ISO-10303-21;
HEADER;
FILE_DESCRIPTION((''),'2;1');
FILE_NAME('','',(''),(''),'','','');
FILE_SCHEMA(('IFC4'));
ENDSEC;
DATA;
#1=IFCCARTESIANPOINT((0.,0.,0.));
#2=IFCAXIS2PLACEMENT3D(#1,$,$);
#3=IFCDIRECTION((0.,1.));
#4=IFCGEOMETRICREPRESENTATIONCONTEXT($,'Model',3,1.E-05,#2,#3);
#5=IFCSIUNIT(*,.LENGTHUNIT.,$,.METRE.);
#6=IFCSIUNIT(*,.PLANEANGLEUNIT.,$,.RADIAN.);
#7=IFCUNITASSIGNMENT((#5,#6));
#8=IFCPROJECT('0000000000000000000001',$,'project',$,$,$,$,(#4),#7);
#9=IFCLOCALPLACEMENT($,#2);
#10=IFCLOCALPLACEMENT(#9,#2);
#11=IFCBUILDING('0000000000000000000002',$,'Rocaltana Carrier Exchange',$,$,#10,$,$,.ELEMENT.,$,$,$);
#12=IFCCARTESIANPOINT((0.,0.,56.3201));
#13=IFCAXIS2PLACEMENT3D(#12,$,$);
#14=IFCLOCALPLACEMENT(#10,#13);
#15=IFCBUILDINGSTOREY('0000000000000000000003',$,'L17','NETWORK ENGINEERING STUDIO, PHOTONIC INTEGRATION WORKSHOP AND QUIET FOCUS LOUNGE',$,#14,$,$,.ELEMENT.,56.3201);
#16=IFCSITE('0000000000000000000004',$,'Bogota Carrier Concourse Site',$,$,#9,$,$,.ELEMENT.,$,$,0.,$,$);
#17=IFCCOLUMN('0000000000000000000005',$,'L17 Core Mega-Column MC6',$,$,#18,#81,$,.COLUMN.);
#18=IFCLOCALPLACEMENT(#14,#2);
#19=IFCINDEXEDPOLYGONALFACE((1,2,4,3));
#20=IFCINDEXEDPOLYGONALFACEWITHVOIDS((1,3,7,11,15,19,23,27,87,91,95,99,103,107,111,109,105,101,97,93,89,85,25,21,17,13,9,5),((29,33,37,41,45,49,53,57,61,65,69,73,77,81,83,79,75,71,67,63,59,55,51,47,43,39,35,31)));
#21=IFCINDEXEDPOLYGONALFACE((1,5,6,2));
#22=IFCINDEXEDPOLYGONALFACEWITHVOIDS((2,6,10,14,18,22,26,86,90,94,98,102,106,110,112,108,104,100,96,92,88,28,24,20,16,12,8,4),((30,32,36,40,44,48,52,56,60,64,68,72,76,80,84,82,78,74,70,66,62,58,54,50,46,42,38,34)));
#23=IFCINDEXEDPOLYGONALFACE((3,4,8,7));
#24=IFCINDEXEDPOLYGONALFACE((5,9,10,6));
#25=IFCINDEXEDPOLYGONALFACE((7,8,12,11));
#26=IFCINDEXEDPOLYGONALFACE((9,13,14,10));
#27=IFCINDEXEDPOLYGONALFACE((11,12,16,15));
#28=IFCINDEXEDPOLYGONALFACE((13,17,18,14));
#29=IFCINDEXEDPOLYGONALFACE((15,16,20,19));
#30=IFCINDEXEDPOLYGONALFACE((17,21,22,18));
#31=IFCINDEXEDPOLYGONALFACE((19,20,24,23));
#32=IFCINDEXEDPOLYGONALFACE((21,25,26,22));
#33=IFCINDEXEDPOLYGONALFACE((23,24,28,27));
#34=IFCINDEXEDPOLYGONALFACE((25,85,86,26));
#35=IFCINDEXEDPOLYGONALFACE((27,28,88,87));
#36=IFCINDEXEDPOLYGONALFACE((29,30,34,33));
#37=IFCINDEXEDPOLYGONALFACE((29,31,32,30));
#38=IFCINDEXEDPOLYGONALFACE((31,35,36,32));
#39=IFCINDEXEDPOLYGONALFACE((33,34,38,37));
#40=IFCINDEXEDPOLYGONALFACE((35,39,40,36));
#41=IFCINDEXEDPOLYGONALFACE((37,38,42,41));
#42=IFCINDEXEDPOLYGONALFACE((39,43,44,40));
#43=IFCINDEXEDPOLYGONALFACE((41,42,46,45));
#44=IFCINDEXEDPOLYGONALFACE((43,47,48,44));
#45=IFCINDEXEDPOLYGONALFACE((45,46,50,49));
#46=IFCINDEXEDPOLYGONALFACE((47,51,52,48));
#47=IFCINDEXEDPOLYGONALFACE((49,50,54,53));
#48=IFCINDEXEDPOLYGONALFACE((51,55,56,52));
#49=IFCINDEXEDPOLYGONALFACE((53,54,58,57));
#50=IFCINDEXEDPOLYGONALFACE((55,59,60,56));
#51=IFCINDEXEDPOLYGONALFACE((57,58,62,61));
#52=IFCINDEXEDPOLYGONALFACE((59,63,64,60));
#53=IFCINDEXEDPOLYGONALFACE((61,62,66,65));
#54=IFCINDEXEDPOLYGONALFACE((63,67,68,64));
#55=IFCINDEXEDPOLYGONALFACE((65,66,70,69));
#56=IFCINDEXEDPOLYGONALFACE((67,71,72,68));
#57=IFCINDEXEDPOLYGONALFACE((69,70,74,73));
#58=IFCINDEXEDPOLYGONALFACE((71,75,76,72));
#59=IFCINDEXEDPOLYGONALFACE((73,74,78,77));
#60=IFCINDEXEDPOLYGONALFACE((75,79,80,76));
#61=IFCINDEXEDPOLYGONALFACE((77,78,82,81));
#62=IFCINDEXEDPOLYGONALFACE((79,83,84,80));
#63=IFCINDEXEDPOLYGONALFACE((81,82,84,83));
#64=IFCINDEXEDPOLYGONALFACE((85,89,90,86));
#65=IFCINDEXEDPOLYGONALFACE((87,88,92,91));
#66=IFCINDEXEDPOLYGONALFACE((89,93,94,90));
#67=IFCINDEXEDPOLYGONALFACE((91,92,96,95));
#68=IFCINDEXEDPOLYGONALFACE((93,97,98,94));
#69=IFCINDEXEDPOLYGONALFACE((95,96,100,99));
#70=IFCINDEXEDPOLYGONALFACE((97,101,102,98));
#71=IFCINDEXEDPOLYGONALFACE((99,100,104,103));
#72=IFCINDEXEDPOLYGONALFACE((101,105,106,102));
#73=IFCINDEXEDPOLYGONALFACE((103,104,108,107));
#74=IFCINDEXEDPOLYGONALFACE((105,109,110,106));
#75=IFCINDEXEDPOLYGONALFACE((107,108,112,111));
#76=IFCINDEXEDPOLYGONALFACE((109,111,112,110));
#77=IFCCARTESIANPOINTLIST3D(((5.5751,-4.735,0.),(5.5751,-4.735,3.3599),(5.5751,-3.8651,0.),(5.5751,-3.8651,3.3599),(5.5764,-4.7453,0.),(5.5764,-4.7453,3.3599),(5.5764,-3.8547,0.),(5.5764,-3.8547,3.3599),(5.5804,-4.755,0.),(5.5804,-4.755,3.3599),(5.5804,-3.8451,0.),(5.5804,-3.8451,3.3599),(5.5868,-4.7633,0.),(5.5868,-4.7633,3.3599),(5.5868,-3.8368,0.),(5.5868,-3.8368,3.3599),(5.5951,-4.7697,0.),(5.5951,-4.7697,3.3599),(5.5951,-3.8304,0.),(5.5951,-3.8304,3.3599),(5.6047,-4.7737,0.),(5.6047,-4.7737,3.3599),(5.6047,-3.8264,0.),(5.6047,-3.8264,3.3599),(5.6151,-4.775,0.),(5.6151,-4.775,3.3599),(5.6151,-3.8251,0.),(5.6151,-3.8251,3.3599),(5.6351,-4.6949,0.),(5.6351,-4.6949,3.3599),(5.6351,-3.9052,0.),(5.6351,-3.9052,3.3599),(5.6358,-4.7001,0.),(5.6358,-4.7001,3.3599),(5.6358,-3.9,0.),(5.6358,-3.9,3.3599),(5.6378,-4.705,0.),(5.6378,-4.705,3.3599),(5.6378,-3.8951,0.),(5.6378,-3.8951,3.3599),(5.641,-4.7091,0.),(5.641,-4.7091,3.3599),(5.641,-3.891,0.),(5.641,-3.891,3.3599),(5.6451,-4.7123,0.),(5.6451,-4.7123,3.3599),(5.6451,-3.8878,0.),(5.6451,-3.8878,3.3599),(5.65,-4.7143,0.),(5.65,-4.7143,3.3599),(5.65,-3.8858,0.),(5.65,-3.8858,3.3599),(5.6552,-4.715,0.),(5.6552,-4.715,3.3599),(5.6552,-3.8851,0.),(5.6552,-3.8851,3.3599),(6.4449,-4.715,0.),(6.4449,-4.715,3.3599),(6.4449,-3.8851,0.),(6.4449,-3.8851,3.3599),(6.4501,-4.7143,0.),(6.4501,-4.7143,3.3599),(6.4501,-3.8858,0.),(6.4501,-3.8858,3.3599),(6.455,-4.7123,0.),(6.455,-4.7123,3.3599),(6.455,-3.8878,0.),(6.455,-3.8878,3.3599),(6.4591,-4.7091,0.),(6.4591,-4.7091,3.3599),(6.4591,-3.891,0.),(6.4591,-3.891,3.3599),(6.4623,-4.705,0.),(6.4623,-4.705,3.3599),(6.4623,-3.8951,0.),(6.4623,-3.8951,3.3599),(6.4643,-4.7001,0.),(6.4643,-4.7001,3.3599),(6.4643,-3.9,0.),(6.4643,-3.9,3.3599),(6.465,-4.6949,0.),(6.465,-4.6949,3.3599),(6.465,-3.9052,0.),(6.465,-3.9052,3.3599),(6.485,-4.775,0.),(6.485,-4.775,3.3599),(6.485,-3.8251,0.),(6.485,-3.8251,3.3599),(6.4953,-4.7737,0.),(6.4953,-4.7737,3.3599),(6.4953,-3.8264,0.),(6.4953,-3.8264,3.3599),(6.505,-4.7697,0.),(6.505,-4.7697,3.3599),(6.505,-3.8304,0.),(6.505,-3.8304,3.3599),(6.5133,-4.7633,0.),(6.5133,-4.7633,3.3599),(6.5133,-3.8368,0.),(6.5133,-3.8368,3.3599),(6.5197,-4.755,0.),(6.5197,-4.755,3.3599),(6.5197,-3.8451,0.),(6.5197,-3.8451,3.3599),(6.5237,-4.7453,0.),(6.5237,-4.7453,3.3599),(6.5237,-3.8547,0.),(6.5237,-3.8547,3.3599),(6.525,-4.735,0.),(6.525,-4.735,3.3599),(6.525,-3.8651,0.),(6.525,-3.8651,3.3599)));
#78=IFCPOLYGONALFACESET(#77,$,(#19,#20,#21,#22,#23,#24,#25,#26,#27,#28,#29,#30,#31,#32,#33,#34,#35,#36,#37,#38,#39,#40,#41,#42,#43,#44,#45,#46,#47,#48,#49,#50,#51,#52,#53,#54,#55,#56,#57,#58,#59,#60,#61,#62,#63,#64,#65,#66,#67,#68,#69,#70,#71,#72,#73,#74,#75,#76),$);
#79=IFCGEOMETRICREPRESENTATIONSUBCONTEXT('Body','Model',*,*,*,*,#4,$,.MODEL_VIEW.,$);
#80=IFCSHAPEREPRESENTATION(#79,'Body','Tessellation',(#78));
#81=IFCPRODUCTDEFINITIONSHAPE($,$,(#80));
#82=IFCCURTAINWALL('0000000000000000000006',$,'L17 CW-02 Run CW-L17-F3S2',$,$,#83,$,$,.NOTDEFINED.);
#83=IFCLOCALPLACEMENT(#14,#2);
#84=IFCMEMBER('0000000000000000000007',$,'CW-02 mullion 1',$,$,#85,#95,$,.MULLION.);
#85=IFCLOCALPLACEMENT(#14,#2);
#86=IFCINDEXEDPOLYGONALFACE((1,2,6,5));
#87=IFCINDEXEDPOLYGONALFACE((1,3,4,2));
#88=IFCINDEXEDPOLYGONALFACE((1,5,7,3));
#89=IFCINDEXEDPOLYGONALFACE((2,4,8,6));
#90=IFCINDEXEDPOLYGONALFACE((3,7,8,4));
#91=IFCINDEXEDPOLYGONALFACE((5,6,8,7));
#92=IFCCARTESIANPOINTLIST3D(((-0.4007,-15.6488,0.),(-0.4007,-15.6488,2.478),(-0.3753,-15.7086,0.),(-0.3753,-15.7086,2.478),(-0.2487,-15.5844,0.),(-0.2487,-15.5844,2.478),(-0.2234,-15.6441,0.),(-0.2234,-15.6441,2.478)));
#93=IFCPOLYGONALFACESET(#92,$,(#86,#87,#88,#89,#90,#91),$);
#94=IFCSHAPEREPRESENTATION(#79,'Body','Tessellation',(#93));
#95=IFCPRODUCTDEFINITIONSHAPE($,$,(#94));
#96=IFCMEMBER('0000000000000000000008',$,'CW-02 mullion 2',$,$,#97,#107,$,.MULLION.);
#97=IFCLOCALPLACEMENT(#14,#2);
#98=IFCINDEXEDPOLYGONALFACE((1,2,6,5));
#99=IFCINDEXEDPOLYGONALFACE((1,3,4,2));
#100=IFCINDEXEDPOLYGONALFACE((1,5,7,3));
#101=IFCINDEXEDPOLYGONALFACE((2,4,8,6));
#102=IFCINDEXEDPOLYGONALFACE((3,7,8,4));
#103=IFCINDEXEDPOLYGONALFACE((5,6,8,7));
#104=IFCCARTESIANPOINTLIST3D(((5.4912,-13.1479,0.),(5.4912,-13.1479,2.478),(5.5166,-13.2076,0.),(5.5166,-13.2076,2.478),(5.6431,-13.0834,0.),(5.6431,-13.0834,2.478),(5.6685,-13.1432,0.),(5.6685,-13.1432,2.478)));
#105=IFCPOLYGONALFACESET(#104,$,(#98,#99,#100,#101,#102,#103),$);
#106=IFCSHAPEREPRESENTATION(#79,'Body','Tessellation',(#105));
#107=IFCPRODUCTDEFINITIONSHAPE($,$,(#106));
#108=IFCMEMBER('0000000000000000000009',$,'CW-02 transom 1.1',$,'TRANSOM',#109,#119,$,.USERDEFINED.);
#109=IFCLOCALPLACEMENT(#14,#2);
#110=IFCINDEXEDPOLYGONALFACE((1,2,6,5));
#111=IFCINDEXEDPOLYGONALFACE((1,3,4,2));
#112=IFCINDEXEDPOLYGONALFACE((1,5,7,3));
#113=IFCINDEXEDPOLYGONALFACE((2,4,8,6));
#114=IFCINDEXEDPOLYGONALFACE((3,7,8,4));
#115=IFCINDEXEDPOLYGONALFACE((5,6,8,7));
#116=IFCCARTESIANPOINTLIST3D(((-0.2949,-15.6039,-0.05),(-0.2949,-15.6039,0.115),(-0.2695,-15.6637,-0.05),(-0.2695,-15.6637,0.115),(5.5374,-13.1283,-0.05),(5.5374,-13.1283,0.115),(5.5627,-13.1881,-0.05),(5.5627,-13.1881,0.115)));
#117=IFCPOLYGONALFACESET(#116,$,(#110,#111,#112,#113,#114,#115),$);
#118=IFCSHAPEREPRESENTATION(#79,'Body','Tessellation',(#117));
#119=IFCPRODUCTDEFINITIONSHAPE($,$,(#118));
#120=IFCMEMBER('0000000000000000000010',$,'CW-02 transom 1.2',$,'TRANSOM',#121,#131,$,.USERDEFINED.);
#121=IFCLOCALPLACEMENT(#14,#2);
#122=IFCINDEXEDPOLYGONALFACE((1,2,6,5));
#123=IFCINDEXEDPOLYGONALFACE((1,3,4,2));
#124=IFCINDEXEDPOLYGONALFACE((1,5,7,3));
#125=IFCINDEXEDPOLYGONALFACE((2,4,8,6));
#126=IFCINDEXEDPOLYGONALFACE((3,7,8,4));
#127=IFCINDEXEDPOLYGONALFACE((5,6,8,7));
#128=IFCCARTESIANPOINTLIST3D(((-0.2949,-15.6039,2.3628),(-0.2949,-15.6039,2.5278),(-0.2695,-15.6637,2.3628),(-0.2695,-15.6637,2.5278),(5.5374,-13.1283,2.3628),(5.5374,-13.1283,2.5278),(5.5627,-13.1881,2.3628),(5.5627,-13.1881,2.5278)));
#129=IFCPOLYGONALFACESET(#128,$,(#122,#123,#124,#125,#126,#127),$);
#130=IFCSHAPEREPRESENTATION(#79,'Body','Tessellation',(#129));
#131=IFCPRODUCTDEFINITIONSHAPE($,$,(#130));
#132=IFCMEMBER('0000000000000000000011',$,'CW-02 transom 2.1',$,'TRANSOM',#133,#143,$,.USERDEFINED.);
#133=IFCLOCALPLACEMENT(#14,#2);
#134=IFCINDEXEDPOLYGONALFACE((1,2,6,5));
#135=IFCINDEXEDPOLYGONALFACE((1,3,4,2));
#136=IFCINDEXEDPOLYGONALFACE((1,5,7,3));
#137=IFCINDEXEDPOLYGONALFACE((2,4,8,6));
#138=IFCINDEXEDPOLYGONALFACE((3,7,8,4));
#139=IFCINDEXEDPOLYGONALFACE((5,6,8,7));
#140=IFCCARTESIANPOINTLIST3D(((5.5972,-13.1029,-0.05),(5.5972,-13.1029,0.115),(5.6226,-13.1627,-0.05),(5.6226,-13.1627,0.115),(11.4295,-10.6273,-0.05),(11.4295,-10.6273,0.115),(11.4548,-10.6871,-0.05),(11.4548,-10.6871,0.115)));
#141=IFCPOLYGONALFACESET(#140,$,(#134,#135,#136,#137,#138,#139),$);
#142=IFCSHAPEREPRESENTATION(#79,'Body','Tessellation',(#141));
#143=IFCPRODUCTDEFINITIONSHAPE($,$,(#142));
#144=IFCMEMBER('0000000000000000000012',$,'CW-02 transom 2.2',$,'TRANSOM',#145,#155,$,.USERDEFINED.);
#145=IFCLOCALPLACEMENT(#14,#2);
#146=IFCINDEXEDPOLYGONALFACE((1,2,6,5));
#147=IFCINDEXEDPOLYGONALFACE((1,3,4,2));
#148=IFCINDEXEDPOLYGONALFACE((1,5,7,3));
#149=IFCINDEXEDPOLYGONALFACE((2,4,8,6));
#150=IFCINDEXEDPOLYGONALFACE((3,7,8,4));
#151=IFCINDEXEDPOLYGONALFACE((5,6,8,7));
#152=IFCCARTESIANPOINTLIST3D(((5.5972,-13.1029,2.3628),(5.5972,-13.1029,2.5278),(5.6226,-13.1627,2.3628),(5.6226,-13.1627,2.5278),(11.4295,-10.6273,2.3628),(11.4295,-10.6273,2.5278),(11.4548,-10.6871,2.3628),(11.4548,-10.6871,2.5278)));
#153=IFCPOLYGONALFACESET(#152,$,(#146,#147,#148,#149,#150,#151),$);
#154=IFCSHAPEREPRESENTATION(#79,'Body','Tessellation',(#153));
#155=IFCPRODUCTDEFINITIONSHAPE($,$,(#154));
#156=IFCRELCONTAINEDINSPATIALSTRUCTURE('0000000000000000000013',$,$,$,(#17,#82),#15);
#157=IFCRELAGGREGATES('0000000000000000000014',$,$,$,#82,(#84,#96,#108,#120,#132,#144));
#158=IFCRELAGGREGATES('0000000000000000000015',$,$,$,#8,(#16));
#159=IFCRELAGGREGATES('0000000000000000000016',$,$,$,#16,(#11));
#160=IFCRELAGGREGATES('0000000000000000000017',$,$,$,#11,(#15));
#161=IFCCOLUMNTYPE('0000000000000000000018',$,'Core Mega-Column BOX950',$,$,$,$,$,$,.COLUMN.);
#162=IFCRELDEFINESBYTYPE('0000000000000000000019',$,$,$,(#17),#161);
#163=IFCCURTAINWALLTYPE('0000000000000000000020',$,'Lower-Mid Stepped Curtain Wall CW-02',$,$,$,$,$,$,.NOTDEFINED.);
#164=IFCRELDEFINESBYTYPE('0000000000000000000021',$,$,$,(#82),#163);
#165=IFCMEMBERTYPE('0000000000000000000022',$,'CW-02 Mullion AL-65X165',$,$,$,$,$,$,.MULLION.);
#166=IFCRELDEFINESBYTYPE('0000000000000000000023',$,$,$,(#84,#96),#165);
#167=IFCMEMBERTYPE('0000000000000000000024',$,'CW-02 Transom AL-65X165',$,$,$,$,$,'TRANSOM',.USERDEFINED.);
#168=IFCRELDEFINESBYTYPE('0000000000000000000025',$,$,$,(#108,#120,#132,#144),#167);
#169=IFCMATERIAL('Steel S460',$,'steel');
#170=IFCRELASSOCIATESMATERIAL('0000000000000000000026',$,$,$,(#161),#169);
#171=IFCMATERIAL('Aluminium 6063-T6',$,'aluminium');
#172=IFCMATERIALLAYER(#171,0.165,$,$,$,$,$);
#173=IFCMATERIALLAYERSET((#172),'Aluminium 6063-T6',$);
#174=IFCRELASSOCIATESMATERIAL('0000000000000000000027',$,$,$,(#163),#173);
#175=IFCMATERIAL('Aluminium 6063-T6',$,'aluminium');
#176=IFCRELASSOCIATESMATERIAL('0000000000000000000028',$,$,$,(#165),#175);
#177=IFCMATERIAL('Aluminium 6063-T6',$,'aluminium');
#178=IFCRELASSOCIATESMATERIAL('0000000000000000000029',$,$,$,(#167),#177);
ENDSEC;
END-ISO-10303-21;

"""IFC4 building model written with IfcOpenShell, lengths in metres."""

from ifc_helpers import new_model, si_unit, direction, frame, origin, origin_2d, place, context, subcontext, project, spatial, rectangle, hollow_rectangle, extrude, material, layer, layer_set, material_profile, profile_set, type_object, element, aggregate, save


model = new_model("IFC4")

# Units and contexts
model_context = context("Model", 3, precision=1e-05, world=origin(), true_north=direction((0.0, 1.0)))
body_context = subcontext(model_context, "Body", "Model", "MODEL_VIEW")
ifc_project = project(units=[si_unit("LENGTHUNIT", "METRE"), si_unit("PLANEANGLEUNIT", "RADIAN")], contexts=[model_context])

# Site, building, storey
site_placement = place(None, origin())
site = spatial("IfcSite", under=ifc_project, at=site_placement, Name="Bogota Carrier Concourse Site", CompositionType="ELEMENT", RefElevation=0.0)
building_placement = place(site_placement, origin())
building = spatial("IfcBuilding", under=site, at=building_placement, Name="Rocaltana Carrier Exchange", CompositionType="ELEMENT")
storey_placement = place(building_placement, frame((0.0, 0.0, 56.3201)))
storey = spatial("IfcBuildingStorey", under=building, at=storey_placement, Name="L17", Description="NETWORK ENGINEERING STUDIO, PHOTONIC INTEGRATION WORKSHOP AND QUIET FOCUS LOUNGE", CompositionType="ELEMENT", Elevation=56.3201)

# Column
ifc_material_1 = material(Name="Steel S460", Category="steel")
ifc_material_profile_1 = material_profile(ifc_material_1, hollow_rectangle(XDim=0.95, YDim=0.95, WallThickness=0.0601, InnerFilletRadius=0.02, OuterFilletRadius=0.04, at=origin_2d()), Name="BOX950X950X60")
ifc_profile_set_1 = profile_set([ifc_material_profile_1], Name="Steel S460")
column_type = type_object("IfcColumnType", Name="Core Mega-Column BOX950", PredefinedType="COLUMN", material=ifc_profile_set_1)
column_placement = place(storey_placement, frame((6.05, -4.3, 0.0), z_axis=(0.0, 0.0, 1.0), x_axis=(1.0, 0.0, 0.0)))
element("IfcColumn", 1, at=column_placement, inside=storey, type_object=column_type, Name="L17 Core Mega-Column MC6", PredefinedType="COLUMN", context=body_context, shape_type="SweptSolid", body=[
    extrude(hollow_rectangle(XDim=0.95, YDim=0.95, WallThickness=0.0601, InnerFilletRadius=0.02, OuterFilletRadius=0.04, at=origin_2d()), origin(), (0.0, 0.0, 1.0), 3.3599),
])

# Curtain wall, members
ifc_material_2 = material(Name="Aluminium 6063-T6", Category="aluminium")
ifc_layer_1 = layer(ifc_material_2, 0.165)
ifc_layer_set_1 = layer_set([ifc_layer_1], Name="Aluminium 6063-T6")
curtain_wall_type = type_object("IfcCurtainWallType", Name="Lower-Mid Stepped Curtain Wall CW-02", PredefinedType="NOTDEFINED", material=ifc_layer_set_1)
curtain_wall_placement = place(storey_placement, origin())
curtain_wall = element("IfcCurtainWall", 2, at=curtain_wall_placement, inside=storey, type_object=curtain_wall_type, Name="L17 CW-02 Run CW-L17-F3S2", PredefinedType="NOTDEFINED")
ifc_material_3 = material(Name="Aluminium 6063-T6", Category="aluminium")
ifc_material_profile_2 = material_profile(ifc_material_3, rectangle(XDim=0.0649, YDim=0.165, at=origin_2d()), Name="AL-65X165")
ifc_profile_set_2 = profile_set([ifc_material_profile_2], Name="Aluminium 6063-T6")
member_type_1 = type_object("IfcMemberType", Name="CW-02 Mullion AL-65X165", PredefinedType="MULLION", material=ifc_profile_set_2)
member_1_placement = place(storey_placement, frame((-0.312, -15.6465, 0.0), z_axis=(0.0, 0.0, 1.0), x_axis=(-0.390729, 0.920506, 0.0)))
member_1 = element("IfcMember", 3, at=member_1_placement, type_object=member_type_1, Name="CW-02 mullion 1", PredefinedType="MULLION", context=body_context, shape_type="SweptSolid", body=[
    extrude(rectangle(XDim=0.0649, YDim=0.165, at=origin_2d()), origin(), (0.0, 0.0, 1.0), 2.478),
])
member_2_placement = place(storey_placement, frame((5.5798, -13.1455, 0.0), z_axis=(0.0, 0.0, 1.0), x_axis=(-0.390729, 0.920506, 0.0)))
member_2 = element("IfcMember", 4, at=member_2_placement, type_object=member_type_1, Name="CW-02 mullion 2", PredefinedType="MULLION", context=body_context, shape_type="SweptSolid", body=[
    extrude(rectangle(XDim=0.0649, YDim=0.165, at=origin_2d()), origin(), (0.0, 0.0, 1.0), 2.478),
])
ifc_material_4 = material(Name="Aluminium 6063-T6", Category="aluminium")
ifc_material_profile_3 = material_profile(ifc_material_4, rectangle(XDim=0.0649, YDim=0.165, at=origin_2d()), Name="AL-65X165")
ifc_profile_set_3 = profile_set([ifc_material_profile_3], Name="Aluminium 6063-T6")
member_type_2 = type_object("IfcMemberType", Name="CW-02 Transom AL-65X165", ElementType="TRANSOM", PredefinedType="USERDEFINED", material=ifc_profile_set_3)
member_3_placement = place(storey_placement, frame((-0.2822, -15.6338, 0.0325), z_axis=(0.920509, 0.390722, 0.0), x_axis=(-0.390722, 0.920509, 0.0)))
member_3 = element("IfcMember", 5, at=member_3_placement, type_object=member_type_2, Name="CW-02 transom 1.1", ObjectType="TRANSOM", PredefinedType="USERDEFINED", context=body_context, shape_type="SweptSolid", body=[
    extrude(rectangle(XDim=0.0649, YDim=0.165, at=origin_2d()), origin(), (0.0, 0.0, 1.0), 6.3359),
])
member_4_placement = place(storey_placement, frame((-0.2822, -15.6338, 2.4453), z_axis=(0.920509, 0.390722, 0.0), x_axis=(-0.390722, 0.920509, 0.0)))
member_4 = element("IfcMember", 6, at=member_4_placement, type_object=member_type_2, Name="CW-02 transom 1.2", ObjectType="TRANSOM", PredefinedType="USERDEFINED", context=body_context, shape_type="SweptSolid", body=[
    extrude(rectangle(XDim=0.0649, YDim=0.165, at=origin_2d()), origin(), (0.0, 0.0, 1.0), 6.3359),
])
member_5_placement = place(storey_placement, frame((5.6099, -13.1328, 0.0325), z_axis=(0.920509, 0.390722, 0.0), x_axis=(-0.390722, 0.920509, 0.0)))
member_5 = element("IfcMember", 7, at=member_5_placement, type_object=member_type_2, Name="CW-02 transom 2.1", ObjectType="TRANSOM", PredefinedType="USERDEFINED", context=body_context, shape_type="SweptSolid", body=[
    extrude(rectangle(XDim=0.0649, YDim=0.165, at=origin_2d()), origin(), (0.0, 0.0, 1.0), 6.3359),
])
member_6_placement = place(storey_placement, frame((5.6099, -13.1328, 2.4453), z_axis=(0.920509, 0.390722, 0.0), x_axis=(-0.390722, 0.920509, 0.0)))
member_6 = element("IfcMember", 8, at=member_6_placement, type_object=member_type_2, Name="CW-02 transom 2.2", ObjectType="TRANSOM", PredefinedType="USERDEFINED", context=body_context, shape_type="SweptSolid", body=[
    extrude(rectangle(XDim=0.0649, YDim=0.165, at=origin_2d()), origin(), (0.0, 0.0, 1.0), 6.3359),
])

aggregate(curtain_wall, [member_1, member_2, member_3, member_4, member_5, member_6])

save(model, "model.ifc")
